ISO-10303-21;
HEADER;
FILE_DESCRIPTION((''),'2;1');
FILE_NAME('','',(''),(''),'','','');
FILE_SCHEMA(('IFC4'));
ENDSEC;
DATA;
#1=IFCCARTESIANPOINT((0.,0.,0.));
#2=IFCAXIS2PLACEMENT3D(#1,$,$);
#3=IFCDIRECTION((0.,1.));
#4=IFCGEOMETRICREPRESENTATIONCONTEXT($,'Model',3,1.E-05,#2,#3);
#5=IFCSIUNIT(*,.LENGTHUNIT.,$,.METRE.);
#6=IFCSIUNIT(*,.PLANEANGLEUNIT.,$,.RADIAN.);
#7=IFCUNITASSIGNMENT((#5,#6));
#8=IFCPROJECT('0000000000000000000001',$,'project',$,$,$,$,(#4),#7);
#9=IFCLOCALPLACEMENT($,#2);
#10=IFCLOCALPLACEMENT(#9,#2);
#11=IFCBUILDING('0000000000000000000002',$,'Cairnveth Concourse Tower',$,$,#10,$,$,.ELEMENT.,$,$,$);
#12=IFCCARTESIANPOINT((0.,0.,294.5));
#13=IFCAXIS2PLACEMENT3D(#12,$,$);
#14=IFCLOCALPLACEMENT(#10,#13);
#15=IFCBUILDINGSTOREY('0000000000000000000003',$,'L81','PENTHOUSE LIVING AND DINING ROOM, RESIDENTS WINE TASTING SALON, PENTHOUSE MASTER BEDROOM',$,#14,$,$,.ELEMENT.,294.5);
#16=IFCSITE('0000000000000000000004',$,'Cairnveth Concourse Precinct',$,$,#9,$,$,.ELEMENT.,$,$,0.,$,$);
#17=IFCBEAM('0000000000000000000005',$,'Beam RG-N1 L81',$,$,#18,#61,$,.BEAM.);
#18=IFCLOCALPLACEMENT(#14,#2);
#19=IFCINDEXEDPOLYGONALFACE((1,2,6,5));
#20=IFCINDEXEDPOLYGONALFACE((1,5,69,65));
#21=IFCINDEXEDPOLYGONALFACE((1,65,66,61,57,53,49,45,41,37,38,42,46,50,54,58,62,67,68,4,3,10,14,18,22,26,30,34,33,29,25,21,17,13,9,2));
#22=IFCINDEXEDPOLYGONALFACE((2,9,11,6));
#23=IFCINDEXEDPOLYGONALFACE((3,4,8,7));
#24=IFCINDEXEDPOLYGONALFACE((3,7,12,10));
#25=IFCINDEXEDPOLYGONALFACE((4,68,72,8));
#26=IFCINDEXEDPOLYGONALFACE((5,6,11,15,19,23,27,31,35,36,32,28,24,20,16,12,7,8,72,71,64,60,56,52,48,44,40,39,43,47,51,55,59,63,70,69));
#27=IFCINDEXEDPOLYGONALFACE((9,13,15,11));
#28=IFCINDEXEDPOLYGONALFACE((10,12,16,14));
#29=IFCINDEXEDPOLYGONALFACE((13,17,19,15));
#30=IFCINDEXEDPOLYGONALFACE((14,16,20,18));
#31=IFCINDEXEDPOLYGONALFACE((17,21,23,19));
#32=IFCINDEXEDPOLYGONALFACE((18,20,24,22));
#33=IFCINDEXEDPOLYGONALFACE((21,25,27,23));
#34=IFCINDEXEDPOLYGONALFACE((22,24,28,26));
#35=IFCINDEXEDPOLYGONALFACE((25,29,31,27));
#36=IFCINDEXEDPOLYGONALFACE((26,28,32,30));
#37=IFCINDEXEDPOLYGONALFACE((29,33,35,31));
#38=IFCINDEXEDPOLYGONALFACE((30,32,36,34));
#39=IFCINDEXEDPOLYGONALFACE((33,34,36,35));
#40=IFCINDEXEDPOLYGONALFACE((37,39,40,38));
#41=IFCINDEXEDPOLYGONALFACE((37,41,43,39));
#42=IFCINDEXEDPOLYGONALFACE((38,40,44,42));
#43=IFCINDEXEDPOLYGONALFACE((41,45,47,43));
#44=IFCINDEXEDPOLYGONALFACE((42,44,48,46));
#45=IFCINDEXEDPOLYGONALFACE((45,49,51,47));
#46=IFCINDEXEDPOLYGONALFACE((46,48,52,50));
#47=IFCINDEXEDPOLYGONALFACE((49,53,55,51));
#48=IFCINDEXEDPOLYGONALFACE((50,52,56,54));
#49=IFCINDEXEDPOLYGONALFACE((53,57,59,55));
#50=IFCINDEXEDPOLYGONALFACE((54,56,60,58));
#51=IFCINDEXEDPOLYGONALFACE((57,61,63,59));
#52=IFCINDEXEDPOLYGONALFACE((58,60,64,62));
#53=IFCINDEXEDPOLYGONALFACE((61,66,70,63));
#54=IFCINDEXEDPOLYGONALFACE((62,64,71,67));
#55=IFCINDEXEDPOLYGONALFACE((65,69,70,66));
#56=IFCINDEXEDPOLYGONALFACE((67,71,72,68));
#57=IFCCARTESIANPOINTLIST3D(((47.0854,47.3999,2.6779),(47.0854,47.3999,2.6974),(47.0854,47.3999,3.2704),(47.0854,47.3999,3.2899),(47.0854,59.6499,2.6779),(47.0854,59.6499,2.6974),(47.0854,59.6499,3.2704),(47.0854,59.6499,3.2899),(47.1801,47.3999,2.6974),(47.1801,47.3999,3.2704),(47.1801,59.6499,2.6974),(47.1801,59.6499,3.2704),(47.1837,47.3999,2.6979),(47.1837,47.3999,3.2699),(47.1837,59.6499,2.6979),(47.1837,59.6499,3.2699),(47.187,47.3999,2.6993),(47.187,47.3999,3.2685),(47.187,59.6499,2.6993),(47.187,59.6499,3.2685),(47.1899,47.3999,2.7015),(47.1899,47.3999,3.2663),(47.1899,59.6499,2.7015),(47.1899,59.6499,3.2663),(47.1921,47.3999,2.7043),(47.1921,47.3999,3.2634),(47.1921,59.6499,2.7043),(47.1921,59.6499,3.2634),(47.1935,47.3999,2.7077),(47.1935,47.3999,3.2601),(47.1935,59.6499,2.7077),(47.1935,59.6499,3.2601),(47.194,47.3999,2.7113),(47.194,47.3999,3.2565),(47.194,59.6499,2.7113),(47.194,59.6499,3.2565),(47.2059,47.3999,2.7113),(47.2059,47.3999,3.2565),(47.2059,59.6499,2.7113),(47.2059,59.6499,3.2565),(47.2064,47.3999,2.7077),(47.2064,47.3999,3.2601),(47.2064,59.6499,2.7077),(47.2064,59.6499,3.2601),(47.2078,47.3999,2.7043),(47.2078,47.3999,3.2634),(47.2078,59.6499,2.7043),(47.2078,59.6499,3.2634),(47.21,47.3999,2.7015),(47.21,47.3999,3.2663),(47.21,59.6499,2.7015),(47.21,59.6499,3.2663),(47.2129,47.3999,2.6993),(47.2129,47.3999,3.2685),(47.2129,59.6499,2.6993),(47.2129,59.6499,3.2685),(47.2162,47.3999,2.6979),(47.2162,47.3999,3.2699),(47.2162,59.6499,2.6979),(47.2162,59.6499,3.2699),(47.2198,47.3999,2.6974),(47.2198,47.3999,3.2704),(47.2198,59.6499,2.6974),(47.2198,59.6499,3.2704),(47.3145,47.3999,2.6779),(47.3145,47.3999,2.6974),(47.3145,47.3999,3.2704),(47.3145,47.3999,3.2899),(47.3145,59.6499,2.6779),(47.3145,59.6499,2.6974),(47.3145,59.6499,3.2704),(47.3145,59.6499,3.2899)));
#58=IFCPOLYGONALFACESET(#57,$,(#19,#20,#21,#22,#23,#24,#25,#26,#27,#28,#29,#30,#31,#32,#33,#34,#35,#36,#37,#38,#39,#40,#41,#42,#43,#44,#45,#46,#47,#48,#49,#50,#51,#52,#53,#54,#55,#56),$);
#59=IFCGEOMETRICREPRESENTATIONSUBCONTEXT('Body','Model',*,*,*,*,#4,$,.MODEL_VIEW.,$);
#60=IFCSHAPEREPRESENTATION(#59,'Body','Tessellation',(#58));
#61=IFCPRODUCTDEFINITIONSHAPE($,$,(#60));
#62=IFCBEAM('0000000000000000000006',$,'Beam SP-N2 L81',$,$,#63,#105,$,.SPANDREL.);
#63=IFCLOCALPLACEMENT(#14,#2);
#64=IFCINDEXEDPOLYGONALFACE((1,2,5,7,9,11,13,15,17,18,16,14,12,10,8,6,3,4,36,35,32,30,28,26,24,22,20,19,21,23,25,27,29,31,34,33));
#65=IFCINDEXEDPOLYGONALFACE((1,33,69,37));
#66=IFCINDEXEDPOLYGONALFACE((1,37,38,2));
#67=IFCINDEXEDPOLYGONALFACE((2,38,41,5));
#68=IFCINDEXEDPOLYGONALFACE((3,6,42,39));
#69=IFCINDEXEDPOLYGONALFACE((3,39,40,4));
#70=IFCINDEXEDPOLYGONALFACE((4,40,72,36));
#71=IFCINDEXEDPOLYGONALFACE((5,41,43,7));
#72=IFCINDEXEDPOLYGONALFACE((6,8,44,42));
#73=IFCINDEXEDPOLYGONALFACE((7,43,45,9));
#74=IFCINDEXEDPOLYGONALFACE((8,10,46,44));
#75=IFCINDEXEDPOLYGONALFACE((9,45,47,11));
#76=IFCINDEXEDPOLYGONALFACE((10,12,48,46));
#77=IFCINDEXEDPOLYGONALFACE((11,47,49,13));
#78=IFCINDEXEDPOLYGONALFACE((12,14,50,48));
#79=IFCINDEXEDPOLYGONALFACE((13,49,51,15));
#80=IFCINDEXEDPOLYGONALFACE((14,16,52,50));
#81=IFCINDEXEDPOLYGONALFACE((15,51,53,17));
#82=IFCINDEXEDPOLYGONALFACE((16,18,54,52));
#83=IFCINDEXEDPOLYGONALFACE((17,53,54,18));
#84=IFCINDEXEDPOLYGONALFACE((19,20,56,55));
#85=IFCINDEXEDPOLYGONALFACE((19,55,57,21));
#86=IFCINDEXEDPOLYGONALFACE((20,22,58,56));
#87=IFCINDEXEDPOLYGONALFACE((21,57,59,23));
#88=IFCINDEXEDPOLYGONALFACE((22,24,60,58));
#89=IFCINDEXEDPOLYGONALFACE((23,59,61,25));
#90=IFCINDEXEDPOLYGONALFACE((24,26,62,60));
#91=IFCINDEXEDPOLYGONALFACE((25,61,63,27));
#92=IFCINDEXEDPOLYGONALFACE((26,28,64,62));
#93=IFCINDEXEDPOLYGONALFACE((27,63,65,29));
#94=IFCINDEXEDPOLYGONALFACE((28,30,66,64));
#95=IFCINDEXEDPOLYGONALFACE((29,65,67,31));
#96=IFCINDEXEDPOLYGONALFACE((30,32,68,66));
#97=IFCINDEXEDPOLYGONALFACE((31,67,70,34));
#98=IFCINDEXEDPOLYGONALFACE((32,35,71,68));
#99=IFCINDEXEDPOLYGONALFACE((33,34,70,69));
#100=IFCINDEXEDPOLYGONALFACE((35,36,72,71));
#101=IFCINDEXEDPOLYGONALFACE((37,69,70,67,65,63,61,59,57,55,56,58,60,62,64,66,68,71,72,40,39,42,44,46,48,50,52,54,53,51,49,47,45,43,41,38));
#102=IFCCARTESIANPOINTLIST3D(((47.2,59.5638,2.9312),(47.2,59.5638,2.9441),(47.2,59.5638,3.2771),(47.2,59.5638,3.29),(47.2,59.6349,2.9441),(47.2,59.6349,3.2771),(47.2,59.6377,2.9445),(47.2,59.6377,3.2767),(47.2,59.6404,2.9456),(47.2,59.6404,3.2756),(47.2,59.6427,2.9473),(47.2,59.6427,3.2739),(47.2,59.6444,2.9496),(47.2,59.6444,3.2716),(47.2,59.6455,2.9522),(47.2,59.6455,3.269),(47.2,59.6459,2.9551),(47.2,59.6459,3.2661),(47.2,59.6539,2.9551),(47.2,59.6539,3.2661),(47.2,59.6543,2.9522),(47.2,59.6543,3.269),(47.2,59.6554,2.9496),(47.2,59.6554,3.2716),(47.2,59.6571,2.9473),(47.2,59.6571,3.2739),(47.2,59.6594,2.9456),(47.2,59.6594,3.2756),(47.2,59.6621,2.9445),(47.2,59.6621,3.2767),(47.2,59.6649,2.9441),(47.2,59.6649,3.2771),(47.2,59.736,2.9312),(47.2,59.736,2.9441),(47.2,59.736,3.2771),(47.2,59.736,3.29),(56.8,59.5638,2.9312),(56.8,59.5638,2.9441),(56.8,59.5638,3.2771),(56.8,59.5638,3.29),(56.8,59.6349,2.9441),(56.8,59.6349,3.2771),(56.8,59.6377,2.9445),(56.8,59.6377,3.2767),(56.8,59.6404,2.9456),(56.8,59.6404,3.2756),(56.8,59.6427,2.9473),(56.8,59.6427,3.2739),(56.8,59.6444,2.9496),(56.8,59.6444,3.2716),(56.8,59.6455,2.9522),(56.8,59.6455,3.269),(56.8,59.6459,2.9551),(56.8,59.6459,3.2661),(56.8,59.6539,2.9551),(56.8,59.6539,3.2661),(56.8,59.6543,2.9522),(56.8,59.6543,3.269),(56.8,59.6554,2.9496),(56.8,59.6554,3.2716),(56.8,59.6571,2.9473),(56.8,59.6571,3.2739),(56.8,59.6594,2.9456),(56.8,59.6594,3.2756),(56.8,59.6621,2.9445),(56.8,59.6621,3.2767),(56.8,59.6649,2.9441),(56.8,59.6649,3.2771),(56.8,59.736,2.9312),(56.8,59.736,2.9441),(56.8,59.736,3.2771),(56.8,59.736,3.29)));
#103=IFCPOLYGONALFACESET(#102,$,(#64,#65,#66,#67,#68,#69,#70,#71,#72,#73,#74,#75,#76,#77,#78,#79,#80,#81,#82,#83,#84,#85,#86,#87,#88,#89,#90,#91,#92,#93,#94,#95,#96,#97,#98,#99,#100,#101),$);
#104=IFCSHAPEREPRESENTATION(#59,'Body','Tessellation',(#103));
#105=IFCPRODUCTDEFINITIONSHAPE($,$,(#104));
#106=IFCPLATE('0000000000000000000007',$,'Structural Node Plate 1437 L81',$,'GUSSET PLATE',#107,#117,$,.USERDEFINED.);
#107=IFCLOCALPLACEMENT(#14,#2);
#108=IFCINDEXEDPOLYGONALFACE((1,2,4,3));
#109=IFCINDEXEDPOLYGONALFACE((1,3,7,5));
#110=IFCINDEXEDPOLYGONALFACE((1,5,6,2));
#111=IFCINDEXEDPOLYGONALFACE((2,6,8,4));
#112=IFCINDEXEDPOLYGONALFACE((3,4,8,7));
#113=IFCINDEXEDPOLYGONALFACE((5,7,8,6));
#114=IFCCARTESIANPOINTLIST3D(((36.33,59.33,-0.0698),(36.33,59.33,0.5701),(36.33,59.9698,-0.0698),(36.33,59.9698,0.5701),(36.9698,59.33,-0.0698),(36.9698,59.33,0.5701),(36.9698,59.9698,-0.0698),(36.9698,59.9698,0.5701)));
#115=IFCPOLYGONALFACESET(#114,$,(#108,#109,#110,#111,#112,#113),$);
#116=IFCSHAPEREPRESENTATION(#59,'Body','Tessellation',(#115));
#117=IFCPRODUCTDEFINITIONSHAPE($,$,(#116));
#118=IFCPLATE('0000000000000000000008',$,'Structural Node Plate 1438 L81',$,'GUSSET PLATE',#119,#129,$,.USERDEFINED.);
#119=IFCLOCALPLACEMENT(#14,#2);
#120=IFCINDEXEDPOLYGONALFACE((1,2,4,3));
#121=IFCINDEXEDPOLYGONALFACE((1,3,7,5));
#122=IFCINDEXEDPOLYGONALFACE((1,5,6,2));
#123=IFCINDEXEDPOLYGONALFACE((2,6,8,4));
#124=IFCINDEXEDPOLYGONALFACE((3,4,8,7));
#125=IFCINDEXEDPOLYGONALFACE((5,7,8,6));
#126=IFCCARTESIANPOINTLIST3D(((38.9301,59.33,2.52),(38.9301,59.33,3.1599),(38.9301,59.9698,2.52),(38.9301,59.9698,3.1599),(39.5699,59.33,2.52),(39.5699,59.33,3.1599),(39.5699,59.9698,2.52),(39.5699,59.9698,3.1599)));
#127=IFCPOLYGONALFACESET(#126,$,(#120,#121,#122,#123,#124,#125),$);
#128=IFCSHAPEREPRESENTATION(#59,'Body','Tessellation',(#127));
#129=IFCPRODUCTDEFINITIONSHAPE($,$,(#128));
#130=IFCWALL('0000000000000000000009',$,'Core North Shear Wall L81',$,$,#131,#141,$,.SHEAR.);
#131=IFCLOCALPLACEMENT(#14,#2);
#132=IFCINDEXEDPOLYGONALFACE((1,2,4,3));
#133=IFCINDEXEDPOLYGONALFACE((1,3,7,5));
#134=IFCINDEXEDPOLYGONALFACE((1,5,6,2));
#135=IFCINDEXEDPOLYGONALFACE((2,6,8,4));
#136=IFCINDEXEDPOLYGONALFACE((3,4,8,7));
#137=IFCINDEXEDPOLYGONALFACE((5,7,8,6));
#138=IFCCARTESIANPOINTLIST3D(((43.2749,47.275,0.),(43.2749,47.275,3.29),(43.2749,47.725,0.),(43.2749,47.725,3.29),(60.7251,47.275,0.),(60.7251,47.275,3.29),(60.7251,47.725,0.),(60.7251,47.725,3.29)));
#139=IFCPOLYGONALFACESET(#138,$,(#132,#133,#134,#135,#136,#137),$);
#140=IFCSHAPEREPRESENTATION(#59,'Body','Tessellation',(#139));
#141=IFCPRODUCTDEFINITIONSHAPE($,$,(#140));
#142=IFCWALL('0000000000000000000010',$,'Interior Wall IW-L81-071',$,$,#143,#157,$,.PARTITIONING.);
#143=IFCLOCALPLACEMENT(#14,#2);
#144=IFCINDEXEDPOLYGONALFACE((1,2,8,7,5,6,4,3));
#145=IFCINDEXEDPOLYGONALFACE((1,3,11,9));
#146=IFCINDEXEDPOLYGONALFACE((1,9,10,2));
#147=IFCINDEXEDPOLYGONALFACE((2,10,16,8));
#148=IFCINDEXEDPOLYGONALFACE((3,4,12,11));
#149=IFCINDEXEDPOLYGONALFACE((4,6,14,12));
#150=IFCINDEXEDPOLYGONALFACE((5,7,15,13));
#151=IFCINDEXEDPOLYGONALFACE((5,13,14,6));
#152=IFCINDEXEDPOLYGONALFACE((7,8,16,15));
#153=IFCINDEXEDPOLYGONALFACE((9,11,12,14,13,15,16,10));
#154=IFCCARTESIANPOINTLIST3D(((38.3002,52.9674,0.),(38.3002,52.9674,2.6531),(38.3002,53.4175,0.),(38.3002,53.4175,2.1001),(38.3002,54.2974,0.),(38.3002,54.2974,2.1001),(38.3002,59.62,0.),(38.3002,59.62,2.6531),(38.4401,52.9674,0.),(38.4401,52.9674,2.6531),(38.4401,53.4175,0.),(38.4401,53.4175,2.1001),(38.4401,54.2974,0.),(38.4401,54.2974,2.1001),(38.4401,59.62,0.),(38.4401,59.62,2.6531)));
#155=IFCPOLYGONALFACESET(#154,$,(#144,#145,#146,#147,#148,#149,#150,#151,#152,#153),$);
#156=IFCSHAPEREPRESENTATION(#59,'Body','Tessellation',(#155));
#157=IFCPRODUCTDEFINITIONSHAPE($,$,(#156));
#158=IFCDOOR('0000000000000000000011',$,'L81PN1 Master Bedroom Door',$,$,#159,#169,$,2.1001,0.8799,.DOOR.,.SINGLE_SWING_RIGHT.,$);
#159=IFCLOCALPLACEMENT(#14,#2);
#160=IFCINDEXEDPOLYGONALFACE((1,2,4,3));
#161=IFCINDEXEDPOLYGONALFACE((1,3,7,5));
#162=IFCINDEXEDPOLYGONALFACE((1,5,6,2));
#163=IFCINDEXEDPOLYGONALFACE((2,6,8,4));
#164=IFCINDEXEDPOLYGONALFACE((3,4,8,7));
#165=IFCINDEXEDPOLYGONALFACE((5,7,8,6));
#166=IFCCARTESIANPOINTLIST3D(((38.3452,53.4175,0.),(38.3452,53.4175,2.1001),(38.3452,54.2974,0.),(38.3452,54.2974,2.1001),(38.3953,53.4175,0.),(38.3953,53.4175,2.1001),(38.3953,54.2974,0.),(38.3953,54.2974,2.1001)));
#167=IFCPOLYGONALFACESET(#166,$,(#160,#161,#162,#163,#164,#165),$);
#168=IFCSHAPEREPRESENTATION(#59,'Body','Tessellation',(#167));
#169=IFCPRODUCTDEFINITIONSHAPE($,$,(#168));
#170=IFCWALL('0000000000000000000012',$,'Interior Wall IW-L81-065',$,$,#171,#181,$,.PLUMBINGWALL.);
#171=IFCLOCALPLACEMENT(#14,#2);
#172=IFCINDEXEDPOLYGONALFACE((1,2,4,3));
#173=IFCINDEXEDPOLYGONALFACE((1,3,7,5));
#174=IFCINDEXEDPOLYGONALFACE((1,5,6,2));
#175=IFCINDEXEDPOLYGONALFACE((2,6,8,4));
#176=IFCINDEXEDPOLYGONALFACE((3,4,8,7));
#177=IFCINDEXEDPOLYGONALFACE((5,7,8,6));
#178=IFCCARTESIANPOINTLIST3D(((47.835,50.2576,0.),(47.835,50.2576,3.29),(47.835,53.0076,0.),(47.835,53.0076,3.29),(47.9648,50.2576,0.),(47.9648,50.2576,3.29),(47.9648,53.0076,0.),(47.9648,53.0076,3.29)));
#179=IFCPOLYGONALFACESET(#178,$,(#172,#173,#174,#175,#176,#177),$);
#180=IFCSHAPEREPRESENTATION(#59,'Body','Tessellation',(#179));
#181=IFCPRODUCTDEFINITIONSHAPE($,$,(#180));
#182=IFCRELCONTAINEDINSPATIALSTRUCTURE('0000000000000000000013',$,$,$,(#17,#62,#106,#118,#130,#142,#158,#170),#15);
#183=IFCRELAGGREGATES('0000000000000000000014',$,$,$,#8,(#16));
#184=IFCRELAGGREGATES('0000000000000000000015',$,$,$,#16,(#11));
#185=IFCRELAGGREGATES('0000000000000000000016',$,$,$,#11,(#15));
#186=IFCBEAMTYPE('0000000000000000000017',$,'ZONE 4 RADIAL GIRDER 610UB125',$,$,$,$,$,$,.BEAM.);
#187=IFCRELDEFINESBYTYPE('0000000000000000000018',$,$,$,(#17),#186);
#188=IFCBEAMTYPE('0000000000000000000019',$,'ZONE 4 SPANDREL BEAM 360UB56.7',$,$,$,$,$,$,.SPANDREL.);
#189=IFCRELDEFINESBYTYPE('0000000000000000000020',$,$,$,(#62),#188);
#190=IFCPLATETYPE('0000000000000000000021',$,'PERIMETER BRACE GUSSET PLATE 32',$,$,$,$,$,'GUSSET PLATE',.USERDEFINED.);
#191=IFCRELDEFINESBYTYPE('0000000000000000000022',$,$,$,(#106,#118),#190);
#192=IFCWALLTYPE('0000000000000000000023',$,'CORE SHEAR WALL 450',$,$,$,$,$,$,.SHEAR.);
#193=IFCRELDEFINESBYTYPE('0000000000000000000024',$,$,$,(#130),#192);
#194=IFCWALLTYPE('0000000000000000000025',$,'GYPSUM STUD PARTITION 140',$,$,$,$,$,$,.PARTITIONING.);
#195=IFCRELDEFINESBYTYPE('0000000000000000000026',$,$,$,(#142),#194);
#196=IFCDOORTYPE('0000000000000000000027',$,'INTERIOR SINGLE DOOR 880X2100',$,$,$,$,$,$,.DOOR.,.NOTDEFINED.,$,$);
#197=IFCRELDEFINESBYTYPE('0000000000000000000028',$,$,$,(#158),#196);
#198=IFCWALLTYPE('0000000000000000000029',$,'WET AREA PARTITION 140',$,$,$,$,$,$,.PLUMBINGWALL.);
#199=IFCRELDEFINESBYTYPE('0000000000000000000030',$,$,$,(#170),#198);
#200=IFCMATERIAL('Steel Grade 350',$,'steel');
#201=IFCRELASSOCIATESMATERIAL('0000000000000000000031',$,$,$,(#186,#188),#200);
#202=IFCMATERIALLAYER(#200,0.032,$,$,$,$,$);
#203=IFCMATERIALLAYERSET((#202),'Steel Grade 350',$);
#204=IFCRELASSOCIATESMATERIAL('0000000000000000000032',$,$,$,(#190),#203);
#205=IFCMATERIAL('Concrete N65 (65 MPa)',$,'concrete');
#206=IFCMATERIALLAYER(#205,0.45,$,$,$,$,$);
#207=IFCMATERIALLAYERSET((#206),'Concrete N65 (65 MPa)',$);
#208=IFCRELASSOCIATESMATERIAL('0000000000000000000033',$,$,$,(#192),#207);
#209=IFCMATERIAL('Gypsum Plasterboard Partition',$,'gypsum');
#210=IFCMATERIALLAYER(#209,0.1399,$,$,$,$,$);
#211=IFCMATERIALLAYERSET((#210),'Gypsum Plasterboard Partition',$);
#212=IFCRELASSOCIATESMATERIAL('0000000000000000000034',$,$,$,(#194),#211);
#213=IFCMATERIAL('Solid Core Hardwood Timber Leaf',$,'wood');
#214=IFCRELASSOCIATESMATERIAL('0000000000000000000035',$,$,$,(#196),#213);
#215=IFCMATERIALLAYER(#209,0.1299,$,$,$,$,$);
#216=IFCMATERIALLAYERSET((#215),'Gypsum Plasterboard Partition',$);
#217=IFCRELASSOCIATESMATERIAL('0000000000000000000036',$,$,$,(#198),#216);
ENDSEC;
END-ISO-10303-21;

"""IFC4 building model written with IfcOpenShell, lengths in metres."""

from ifc_helpers import new_model, si_unit, direction, frame, frame_2d, origin, origin_2d, place, context, subcontext, project, spatial, rectangle, i_section, extrude, material, layer, layer_set, material_profile, profile_set, type_object, element, fill, save


model = new_model("IFC4")

# Units and contexts
model_context = context("Model", 3, precision=1e-05, world=origin(), true_north=direction((0.0, 1.0)))
body_context = subcontext(model_context, "Body", "Model", "MODEL_VIEW")
ifc_project = project(units=[si_unit("LENGTHUNIT", "METRE"), si_unit("PLANEANGLEUNIT", "RADIAN")], contexts=[model_context])

# Site, building, storey
site_placement = place(None, origin())
site = spatial("IfcSite", under=ifc_project, at=site_placement, Name="Cairnveth Concourse Precinct", CompositionType="ELEMENT", RefElevation=0.0)
building_placement = place(site_placement, origin())
building = spatial("IfcBuilding", under=site, at=building_placement, Name="Cairnveth Concourse Tower", CompositionType="ELEMENT")
storey_placement = place(building_placement, frame((0.0, 0.0, 294.5)))
storey = spatial("IfcBuildingStorey", under=building, at=storey_placement, Name="L81", Description="PENTHOUSE LIVING AND DINING ROOM, RESIDENTS WINE TASTING SALON, PENTHOUSE MASTER BEDROOM", CompositionType="ELEMENT", Elevation=294.5)

# Shared definitions
ifc_material_1 = material(Name="Steel Grade 350", Category="steel")

# Beams
ifc_material_profile_1 = material_profile(ifc_material_1, i_section(OverallWidth=0.229, OverallDepth=0.6121, WebThickness=0.012, FlangeThickness=0.0195, FilletRadius=0.0139, at=origin_2d()), Name="610UB125")
ifc_profile_set_1 = profile_set([ifc_material_profile_1], Name="Steel Grade 350")
beam_type_1 = type_object("IfcBeamType", Name="ZONE 4 RADIAL GIRDER 610UB125", PredefinedType="BEAM", material=ifc_profile_set_1)
beam_1_placement = place(storey_placement, frame((47.2, 47.3999, 2.9839), z_axis=(0.0, 1.0, 0.0), x_axis=(-1.0, 0.0, 0.0)))
element("IfcBeam", 1, at=beam_1_placement, inside=storey, type_object=beam_type_1, Name="Beam RG-N1 L81", PredefinedType="BEAM", context=body_context, shape_type="SweptSolid", body=[
    extrude(i_section(OverallWidth=0.229, OverallDepth=0.6121, WebThickness=0.012, FlangeThickness=0.0195, FilletRadius=0.0139, at=origin_2d()), origin(), (0.0, 0.0, 1.0), 12.25),
])
ifc_material_profile_2 = material_profile(ifc_material_1, i_section(OverallWidth=0.1721, OverallDepth=0.3589, WebThickness=0.0081, FlangeThickness=0.0129, FilletRadius=0.011, at=origin_2d()), Name="360UB56.7")
ifc_profile_set_2 = profile_set([ifc_material_profile_2], Name="Steel Grade 350")
beam_type_2 = type_object("IfcBeamType", Name="ZONE 4 SPANDREL BEAM 360UB56.7", PredefinedType="SPANDREL", material=ifc_profile_set_2)
beam_2_placement = place(storey_placement, frame((47.2, 59.6499, 3.1106), z_axis=(1.0, 0.0, 0.0), x_axis=(0.0, 1.0, 0.0)))
element("IfcBeam", 2, at=beam_2_placement, inside=storey, type_object=beam_type_2, Name="Beam SP-N2 L81", PredefinedType="SPANDREL", context=body_context, shape_type="SweptSolid", body=[
    extrude(i_section(OverallWidth=0.1721, OverallDepth=0.3589, WebThickness=0.0081, FlangeThickness=0.0129, FilletRadius=0.011, at=origin_2d()), origin(), (0.0, 0.0, 1.0), 9.6001),
])

# Plates
ifc_layer_1 = layer(ifc_material_1, 0.032)
ifc_layer_set_1 = layer_set([ifc_layer_1], Name="Steel Grade 350")
plate_type = type_object("IfcPlateType", Name="PERIMETER BRACE GUSSET PLATE 32", ElementType="GUSSET PLATE", PredefinedType="USERDEFINED", material=ifc_layer_set_1)
for number, where, z_axis, x_axis, name in (
    (3, (36.6499, 59.6499, -0.0698), (0.0, 0.0, 1.0), (1.0, 0.0, 0.0), "Structural Node Plate 1437 L81"),
    (4, (39.25, 59.6499, 2.52), (0.0, 0.0, 1.0), (1.0, 0.0, 0.0), "Structural Node Plate 1438 L81"),
):
    element("IfcPlate", number, at=place(storey_placement, frame(where, z_axis=z_axis, x_axis=x_axis)), inside=storey, type_object=plate_type, Name=name, ObjectType="GUSSET PLATE", PredefinedType="USERDEFINED", context=body_context, shape_type="SweptSolid", body=[
        extrude(rectangle(XDim=0.6399, YDim=0.6399, at=origin_2d()), origin(), (0.0, 0.0, 1.0), 0.6399),
    ])

# Wall
ifc_material_2 = material(Name="Concrete N65 (65 MPa)", Category="concrete")
ifc_layer_2 = layer(ifc_material_2, 0.45)
ifc_layer_set_2 = layer_set([ifc_layer_2], Name="Concrete N65 (65 MPa)")
wall_type_1 = type_object("IfcWallType", Name="CORE SHEAR WALL 450", PredefinedType="SHEAR", material=ifc_layer_set_2)
wall_1_placement = place(storey_placement, frame((43.2749, 47.5, 0.0), z_axis=(0.0, 0.0, 1.0), x_axis=(1.0, 0.0, 0.0)))
element("IfcWall", 5, at=wall_1_placement, inside=storey, type_object=wall_type_1, Name="Core North Shear Wall L81", PredefinedType="SHEAR", context=body_context, shape_type="SweptSolid", body=[
    extrude(rectangle(XDim=17.4502, YDim=0.45, at=frame_2d((8.7251, 0.0))), origin(), (0.0, 0.0, 1.0), 3.29),
])

# Wall, opening, door
ifc_material_3 = material(Name="Gypsum Plasterboard Partition", Category="gypsum")
ifc_layer_3 = layer(ifc_material_3, 0.1399)
ifc_layer_set_3 = layer_set([ifc_layer_3], Name="Gypsum Plasterboard Partition")
wall_type_2 = type_object("IfcWallType", Name="GYPSUM STUD PARTITION 140", PredefinedType="PARTITIONING", material=ifc_layer_set_3)
wall_2_placement = place(storey_placement, frame((38.3701, 52.9675, 0.0), z_axis=(0.0, 0.0, 1.0), x_axis=(0.0, 1.0, 0.0)))
wall_2 = element("IfcWall", 6, at=wall_2_placement, inside=storey, type_object=wall_type_2, Name="Interior Wall IW-L81-071", PredefinedType="PARTITIONING", context=body_context, shape_type="SweptSolid", body=[
    extrude(rectangle(XDim=6.6526, YDim=0.1399, at=frame_2d((3.3262, 0.0))), origin(), (0.0, 0.0, 1.0), 2.6531),
])
opening_placement = place(wall_2_placement, frame((0.45, 0.0, 0.0)))
opening = element("IfcOpeningElement", 7, at=opening_placement, cuts=wall_2, PredefinedType="OPENING", context=body_context, shape_type="SweptSolid", body=[
    extrude(rectangle(XDim=0.8799, YDim=2.1001, at=frame_2d((0.4399, 1.05))), frame((0.0, 0.0798, 0.0), z_axis=(0.0, -1.0, 0.0), x_axis=(1.0, 0.0, 0.0)), (0.0, 0.0, 1.0), 0.1599),
])
ifc_material_4 = material(Name="Solid Core Hardwood Timber Leaf", Category="wood")
door_type = type_object("IfcDoorType", Name="INTERIOR SINGLE DOOR 880X2100", OperationType="NOTDEFINED", PredefinedType="DOOR", material=ifc_material_4)
door_placement = place(opening_placement, origin())
door = element("IfcDoor", 8, at=door_placement, inside=storey, type_object=door_type, Name="L81PN1 Master Bedroom Door", OperationType="SINGLE_SWING_RIGHT", OverallHeight=2.1001, OverallWidth=0.8799, PredefinedType="DOOR", context=body_context, shape_type="SweptSolid", body=[
    extrude(rectangle(XDim=0.8799, YDim=2.1001, at=frame_2d((0.4399, 1.05))), frame((0.0, 0.0249, 0.0), z_axis=(0.0, -1.0, 0.0), x_axis=(1.0, 0.0, 0.0)), (0.0, 0.0, 1.0), 0.05),
])
fill(opening, door)

# Wall
ifc_layer_4 = layer(ifc_material_3, 0.1299)
ifc_layer_set_4 = layer_set([ifc_layer_4], Name="Gypsum Plasterboard Partition")
wall_type_3 = type_object("IfcWallType", Name="WET AREA PARTITION 140", PredefinedType="PLUMBINGWALL", material=ifc_layer_set_4)
wall_3_placement = place(storey_placement, frame((47.8999, 50.2576, 0.0), z_axis=(0.0, 0.0, 1.0), x_axis=(0.0, 1.0, 0.0)))
element("IfcWall", 9, at=wall_3_placement, inside=storey, type_object=wall_type_3, Name="Interior Wall IW-L81-065", PredefinedType="PLUMBINGWALL", context=body_context, shape_type="SweptSolid", body=[
    extrude(rectangle(XDim=2.75, YDim=0.1299, at=frame_2d((1.375, 0.0))), origin(), (0.0, 0.0, 1.0), 3.29),
])

save(model, "model.ifc")
